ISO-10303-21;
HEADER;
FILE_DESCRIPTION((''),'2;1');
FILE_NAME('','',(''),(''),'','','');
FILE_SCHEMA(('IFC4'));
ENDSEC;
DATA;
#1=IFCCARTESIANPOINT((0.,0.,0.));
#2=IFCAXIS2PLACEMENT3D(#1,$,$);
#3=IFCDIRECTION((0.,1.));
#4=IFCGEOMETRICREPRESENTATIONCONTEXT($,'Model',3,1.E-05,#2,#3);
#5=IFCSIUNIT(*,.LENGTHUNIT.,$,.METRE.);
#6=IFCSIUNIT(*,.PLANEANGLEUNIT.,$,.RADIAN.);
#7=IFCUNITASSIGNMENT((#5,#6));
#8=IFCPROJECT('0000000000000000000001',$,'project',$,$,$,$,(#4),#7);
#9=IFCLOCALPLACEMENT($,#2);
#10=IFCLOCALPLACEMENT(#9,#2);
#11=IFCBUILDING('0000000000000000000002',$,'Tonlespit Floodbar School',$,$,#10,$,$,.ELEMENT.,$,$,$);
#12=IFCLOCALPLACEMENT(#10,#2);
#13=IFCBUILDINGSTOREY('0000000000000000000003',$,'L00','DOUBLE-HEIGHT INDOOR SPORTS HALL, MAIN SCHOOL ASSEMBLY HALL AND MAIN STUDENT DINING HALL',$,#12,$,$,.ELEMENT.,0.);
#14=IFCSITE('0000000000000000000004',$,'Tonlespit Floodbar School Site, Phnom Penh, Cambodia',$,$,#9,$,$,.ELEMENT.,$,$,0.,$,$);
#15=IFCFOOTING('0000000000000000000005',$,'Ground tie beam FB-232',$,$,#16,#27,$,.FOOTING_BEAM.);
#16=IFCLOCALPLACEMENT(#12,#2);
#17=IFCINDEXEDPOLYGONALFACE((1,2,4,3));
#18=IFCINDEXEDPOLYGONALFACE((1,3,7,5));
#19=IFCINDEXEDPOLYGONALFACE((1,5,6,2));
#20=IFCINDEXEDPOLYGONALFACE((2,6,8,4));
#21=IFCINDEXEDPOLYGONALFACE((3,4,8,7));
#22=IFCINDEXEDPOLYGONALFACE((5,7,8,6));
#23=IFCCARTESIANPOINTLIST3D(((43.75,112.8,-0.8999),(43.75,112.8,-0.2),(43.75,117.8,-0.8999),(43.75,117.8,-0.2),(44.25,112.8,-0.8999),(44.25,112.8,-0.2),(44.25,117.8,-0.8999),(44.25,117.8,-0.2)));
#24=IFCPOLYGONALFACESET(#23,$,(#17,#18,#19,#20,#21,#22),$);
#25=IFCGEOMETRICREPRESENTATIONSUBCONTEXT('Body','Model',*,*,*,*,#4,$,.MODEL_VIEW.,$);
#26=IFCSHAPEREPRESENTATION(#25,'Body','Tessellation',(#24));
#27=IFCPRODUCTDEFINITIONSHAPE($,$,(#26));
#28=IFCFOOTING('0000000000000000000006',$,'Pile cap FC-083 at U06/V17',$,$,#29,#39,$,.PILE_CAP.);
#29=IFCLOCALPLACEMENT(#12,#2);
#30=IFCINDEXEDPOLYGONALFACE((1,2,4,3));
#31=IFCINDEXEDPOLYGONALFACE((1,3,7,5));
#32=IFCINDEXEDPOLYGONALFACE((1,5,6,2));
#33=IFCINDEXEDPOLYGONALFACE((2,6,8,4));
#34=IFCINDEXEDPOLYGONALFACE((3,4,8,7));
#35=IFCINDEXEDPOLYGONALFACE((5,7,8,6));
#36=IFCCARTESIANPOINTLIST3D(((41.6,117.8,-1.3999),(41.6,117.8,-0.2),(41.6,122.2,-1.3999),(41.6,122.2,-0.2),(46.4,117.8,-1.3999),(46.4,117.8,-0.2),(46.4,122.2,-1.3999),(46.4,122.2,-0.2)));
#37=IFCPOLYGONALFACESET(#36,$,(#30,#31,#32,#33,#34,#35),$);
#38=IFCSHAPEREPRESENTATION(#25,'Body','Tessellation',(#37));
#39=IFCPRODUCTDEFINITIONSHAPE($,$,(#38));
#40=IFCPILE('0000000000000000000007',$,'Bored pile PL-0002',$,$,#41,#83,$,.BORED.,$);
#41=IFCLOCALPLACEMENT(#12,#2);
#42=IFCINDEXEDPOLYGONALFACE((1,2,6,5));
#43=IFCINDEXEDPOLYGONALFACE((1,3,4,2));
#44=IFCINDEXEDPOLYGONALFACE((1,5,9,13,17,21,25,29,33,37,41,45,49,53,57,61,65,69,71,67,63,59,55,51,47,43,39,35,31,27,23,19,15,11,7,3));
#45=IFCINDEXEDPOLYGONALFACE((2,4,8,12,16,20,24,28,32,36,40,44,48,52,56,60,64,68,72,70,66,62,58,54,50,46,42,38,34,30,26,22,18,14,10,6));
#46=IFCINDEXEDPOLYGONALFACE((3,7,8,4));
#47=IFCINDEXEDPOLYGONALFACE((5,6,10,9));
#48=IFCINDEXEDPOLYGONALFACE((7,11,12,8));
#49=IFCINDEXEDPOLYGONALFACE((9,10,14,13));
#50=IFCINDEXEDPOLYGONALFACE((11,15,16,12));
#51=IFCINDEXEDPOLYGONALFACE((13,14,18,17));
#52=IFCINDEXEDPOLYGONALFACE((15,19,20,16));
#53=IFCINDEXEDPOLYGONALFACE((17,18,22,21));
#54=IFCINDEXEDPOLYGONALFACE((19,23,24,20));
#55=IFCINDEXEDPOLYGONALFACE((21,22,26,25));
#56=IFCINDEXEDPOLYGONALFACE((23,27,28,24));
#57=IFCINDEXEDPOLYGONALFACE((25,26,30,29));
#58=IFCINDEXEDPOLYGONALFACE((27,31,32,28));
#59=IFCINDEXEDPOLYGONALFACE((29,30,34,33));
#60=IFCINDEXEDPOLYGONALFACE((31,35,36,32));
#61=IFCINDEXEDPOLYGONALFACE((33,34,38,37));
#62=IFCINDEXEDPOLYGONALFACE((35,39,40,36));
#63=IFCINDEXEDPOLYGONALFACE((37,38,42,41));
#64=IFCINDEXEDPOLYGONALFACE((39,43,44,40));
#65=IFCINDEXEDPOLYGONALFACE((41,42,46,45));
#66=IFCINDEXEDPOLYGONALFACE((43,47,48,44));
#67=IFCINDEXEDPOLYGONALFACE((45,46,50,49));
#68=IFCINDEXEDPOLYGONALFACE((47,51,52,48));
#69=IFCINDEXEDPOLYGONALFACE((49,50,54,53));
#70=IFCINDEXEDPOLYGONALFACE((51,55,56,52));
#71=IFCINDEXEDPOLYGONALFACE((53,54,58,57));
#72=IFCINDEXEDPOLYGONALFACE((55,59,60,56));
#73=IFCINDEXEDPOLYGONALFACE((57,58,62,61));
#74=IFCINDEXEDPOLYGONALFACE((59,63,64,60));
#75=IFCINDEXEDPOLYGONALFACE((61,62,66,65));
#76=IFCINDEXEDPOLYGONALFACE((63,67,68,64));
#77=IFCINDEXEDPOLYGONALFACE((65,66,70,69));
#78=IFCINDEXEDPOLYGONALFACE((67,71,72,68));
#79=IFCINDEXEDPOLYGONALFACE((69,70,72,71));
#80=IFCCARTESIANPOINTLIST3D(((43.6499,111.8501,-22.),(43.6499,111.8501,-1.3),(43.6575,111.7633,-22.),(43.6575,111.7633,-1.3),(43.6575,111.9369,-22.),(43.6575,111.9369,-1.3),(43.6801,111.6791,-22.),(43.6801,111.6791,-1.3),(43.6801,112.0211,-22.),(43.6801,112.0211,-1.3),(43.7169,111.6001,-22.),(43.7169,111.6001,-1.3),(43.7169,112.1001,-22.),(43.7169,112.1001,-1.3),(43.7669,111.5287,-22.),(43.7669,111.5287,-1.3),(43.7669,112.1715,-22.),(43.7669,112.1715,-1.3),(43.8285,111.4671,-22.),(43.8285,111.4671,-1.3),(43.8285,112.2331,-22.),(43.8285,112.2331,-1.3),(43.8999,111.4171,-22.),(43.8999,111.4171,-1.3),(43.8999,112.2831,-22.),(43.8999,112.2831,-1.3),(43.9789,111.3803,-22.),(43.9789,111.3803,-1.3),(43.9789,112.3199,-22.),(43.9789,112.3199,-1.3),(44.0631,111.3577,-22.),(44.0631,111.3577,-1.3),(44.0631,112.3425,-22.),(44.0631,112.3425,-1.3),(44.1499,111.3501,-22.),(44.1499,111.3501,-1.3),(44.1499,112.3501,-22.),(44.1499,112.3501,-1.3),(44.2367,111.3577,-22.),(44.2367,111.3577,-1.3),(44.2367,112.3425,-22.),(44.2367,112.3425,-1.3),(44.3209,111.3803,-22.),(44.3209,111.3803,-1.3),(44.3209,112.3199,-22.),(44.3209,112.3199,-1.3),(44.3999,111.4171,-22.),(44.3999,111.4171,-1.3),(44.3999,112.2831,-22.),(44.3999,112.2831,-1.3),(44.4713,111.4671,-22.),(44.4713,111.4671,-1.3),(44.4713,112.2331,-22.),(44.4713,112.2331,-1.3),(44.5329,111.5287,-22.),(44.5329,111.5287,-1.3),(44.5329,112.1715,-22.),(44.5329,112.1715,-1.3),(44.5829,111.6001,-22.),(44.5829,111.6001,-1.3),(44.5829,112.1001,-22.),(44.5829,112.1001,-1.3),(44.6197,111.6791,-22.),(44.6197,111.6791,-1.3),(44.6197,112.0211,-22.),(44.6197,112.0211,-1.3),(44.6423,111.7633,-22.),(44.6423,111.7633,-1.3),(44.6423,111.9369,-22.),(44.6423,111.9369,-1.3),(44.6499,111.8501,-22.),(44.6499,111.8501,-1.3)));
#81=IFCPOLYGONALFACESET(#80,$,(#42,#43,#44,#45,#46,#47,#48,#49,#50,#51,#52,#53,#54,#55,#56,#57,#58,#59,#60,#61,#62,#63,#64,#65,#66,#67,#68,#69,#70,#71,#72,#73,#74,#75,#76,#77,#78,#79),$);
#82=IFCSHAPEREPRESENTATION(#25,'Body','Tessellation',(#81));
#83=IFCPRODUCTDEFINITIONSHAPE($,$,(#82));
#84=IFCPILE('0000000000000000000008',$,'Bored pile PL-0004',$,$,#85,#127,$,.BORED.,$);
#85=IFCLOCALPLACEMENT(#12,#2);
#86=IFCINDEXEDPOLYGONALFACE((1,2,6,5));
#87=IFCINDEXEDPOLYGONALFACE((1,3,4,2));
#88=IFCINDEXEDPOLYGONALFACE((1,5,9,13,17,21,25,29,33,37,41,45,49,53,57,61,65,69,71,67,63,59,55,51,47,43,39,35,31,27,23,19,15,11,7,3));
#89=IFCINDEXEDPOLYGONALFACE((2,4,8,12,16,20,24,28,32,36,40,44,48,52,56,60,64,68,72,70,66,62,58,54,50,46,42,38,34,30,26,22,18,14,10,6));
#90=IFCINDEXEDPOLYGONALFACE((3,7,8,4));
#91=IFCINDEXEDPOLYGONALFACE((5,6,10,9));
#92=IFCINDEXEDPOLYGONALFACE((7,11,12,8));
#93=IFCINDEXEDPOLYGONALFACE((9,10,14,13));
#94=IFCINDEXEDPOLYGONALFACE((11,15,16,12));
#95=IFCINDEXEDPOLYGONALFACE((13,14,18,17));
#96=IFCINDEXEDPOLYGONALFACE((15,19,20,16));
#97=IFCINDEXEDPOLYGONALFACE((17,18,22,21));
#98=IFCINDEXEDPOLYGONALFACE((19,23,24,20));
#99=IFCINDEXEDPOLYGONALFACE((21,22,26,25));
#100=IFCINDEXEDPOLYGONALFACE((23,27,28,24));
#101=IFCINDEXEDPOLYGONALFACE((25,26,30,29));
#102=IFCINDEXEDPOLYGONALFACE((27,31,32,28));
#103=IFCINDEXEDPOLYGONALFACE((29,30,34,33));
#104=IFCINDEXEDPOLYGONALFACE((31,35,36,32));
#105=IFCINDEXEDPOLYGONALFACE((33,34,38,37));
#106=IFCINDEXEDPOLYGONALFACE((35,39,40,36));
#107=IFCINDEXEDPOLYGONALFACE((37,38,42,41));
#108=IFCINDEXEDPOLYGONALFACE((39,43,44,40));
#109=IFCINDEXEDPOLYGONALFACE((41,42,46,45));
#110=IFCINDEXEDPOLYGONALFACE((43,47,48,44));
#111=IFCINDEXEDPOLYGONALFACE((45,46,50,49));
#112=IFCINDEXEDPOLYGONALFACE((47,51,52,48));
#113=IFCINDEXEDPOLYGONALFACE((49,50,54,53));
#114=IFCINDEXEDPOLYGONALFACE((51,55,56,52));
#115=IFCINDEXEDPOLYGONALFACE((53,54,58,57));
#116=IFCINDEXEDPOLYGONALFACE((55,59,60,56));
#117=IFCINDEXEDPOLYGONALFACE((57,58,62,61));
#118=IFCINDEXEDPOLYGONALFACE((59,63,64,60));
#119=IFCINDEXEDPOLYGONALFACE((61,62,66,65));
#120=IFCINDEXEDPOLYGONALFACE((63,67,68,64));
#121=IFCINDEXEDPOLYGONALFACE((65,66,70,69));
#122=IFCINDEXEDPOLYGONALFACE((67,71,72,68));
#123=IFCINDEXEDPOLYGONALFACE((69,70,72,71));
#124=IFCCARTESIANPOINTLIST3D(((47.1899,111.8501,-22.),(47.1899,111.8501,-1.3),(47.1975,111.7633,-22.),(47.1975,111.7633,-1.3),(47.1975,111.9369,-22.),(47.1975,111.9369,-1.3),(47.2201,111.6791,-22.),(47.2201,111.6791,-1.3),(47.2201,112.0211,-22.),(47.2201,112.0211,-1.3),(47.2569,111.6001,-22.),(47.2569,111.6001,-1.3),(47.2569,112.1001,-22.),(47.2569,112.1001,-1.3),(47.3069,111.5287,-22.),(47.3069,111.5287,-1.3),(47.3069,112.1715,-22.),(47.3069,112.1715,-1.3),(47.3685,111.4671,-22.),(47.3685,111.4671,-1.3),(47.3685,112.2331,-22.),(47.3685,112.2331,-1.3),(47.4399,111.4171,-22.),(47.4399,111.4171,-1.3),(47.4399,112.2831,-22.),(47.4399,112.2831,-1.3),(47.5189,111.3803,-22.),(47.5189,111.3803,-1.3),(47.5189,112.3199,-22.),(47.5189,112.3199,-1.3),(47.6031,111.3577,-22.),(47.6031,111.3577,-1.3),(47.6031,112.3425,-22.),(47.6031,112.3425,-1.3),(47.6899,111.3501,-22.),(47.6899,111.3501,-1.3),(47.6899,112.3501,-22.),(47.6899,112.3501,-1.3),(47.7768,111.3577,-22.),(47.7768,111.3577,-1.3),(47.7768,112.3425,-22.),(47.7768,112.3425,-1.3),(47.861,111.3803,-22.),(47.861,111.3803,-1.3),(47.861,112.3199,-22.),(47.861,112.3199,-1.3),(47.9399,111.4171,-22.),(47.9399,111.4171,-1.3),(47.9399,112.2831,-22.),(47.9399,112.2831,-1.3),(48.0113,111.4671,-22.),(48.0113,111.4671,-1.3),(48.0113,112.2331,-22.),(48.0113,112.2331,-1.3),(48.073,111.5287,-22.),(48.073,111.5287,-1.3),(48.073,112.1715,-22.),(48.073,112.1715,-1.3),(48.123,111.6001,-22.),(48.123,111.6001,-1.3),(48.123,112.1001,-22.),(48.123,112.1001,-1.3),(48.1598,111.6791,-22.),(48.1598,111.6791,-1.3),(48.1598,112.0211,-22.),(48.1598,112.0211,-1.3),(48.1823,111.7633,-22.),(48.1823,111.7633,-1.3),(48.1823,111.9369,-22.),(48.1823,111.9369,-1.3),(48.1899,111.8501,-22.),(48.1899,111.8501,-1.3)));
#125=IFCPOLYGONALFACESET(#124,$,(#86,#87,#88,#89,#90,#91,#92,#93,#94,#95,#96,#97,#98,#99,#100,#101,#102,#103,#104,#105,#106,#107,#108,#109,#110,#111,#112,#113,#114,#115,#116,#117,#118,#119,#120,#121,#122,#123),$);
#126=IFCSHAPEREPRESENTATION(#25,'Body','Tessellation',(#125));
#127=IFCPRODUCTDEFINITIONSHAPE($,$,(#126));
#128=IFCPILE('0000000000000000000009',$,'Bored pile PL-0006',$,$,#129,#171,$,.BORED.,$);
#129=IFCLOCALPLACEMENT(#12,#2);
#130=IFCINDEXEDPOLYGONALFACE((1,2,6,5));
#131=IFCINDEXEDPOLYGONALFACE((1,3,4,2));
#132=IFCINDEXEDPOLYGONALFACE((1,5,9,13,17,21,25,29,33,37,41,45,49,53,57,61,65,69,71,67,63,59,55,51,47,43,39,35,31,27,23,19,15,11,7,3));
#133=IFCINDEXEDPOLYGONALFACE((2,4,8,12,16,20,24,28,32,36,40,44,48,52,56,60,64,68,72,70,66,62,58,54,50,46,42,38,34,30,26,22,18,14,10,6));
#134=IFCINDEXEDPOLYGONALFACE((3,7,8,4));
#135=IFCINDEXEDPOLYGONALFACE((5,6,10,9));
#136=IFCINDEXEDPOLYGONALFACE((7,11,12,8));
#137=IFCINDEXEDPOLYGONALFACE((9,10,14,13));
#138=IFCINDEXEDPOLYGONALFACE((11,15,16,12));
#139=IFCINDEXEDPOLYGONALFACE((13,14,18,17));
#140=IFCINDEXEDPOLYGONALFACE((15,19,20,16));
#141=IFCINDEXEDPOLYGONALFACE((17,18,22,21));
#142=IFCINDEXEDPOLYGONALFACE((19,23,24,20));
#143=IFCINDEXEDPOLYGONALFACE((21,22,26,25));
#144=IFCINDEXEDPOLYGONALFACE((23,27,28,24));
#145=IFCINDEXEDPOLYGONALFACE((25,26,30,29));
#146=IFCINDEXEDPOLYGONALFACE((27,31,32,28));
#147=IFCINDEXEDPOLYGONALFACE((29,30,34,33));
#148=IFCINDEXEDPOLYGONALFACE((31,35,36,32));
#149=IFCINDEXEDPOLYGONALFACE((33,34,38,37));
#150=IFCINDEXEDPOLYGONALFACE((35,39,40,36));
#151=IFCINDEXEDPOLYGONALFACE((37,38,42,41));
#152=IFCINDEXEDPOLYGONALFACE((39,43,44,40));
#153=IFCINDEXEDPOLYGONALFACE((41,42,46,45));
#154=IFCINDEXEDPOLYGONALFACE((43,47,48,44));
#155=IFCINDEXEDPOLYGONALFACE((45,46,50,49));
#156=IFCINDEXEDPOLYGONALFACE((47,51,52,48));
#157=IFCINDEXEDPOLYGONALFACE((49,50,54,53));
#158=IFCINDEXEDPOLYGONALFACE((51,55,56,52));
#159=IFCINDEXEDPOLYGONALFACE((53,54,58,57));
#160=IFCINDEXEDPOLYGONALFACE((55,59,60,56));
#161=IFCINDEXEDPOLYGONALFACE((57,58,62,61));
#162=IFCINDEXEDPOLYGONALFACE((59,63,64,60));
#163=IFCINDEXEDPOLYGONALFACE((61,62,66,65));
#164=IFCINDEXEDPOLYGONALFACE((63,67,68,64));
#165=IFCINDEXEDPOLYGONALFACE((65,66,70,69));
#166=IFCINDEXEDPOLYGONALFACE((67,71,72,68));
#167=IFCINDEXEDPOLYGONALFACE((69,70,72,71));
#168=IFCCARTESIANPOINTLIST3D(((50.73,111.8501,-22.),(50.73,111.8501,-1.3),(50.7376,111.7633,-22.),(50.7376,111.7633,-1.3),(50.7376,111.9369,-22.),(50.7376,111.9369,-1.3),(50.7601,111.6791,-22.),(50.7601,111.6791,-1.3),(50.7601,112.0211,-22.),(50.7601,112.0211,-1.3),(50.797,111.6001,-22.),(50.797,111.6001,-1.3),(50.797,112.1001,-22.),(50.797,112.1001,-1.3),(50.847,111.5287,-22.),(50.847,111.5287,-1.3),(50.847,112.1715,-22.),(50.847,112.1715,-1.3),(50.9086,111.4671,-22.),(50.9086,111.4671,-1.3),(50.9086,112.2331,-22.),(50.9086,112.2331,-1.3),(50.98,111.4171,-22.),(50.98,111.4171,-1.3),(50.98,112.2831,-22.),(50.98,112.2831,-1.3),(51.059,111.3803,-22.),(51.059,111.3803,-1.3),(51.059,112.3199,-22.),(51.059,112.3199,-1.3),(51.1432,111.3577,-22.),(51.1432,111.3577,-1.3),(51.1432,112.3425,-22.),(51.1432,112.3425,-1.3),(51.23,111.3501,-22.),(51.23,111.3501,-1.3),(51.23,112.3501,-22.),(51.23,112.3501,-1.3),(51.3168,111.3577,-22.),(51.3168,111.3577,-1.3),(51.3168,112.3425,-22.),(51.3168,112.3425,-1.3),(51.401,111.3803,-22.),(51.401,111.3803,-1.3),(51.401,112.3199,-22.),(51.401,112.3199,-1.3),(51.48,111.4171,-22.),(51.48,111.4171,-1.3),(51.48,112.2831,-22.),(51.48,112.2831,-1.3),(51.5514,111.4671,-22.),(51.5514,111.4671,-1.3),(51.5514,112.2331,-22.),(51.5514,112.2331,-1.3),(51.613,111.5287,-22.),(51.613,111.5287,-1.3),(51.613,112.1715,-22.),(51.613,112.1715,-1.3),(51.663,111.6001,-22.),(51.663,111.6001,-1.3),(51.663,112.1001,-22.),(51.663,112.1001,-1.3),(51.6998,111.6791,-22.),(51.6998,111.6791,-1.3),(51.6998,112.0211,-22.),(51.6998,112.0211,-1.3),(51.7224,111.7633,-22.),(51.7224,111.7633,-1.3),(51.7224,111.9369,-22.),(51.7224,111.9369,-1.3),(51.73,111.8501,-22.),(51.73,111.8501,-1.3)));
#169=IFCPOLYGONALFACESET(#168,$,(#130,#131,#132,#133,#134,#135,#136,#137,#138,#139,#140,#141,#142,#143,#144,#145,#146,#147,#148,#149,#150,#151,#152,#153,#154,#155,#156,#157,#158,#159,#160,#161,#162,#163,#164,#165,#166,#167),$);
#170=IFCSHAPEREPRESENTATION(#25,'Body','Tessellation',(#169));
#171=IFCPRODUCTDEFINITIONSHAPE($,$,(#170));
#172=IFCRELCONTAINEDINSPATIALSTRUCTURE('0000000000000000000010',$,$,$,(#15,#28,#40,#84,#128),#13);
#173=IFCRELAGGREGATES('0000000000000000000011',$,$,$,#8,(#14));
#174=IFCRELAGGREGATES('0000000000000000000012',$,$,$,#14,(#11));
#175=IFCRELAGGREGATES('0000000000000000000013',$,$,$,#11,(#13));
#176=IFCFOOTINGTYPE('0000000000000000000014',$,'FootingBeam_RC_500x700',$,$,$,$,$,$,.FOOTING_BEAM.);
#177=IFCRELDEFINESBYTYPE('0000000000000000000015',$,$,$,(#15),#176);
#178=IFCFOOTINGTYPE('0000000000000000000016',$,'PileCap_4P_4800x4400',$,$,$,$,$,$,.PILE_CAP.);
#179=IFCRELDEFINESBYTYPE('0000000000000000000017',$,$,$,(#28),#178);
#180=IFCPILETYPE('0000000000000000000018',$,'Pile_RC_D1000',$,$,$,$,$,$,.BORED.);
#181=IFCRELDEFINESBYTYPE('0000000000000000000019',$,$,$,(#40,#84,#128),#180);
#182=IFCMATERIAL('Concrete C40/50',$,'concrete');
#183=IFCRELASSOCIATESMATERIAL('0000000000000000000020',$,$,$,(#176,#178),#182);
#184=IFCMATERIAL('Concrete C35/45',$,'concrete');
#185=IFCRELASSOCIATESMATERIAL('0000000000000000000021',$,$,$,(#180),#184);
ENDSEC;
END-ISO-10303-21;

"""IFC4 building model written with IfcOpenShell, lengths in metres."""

from ifc_helpers import new_model, si_unit, direction, frame, origin, origin_2d, place, context, subcontext, project, spatial, rectangle, circle, extrude, material, material_profile, profile_set, type_object, element, save


model = new_model("IFC4")

# Units and contexts
model_context = context("Model", 3, precision=1e-05, world=origin(), true_north=direction((0.0, 1.0)))
body_context = subcontext(model_context, "Body", "Model", "MODEL_VIEW")
ifc_project = project(units=[si_unit("LENGTHUNIT", "METRE"), si_unit("PLANEANGLEUNIT", "RADIAN")], contexts=[model_context])

# Site, building, storey
site_placement = place(None, origin())
site = spatial("IfcSite", under=ifc_project, at=site_placement, Name="Tonlespit Floodbar School Site, Phnom Penh, Cambodia", CompositionType="ELEMENT", RefElevation=0.0)
building_placement = place(site_placement, origin())
building = spatial("IfcBuilding", under=site, at=building_placement, Name="Tonlespit Floodbar School", CompositionType="ELEMENT")
storey_placement = place(building_placement, origin())
storey = spatial("IfcBuildingStorey", under=building, at=storey_placement, Name="L00", Description="DOUBLE-HEIGHT INDOOR SPORTS HALL, MAIN SCHOOL ASSEMBLY HALL AND MAIN STUDENT DINING HALL", CompositionType="ELEMENT", Elevation=0.0)

# Footings
ifc_material_1 = material(Name="Concrete C40/50", Category="concrete")
footing_type_1 = type_object("IfcFootingType", Name="FootingBeam_RC_500x700", PredefinedType="FOOTING_BEAM", material=ifc_material_1)
footing_1_placement = place(storey_placement, frame((44.0, 115.3, -0.8999), z_axis=(0.0, 0.0, 1.0), x_axis=(0.0, 1.0, 0.0)))
element("IfcFooting", 1, at=footing_1_placement, inside=storey, type_object=footing_type_1, Name="Ground tie beam FB-232", PredefinedType="FOOTING_BEAM", context=body_context, shape_type="SweptSolid", body=[
    extrude(rectangle(XDim=5.0, YDim=0.5, at=origin_2d()), origin(), (0.0, 0.0, 1.0), 0.7),
])
footing_type_2 = type_object("IfcFootingType", Name="PileCap_4P_4800x4400", PredefinedType="PILE_CAP", material=ifc_material_1)
footing_2_placement = place(storey_placement, frame((44.0, 120.0, -1.3999), z_axis=(0.0, 0.0, 1.0), x_axis=(1.0, 0.0, 0.0)))
element("IfcFooting", 2, at=footing_2_placement, inside=storey, type_object=footing_type_2, Name="Pile cap FC-083 at U06/V17", PredefinedType="PILE_CAP", context=body_context, shape_type="SweptSolid", body=[
    extrude(rectangle(XDim=4.8, YDim=4.3999, at=origin_2d()), origin(), (0.0, 0.0, 1.0), 1.2),
])

# Piles
ifc_material_2 = material(Name="Concrete C35/45", Category="concrete")
ifc_material_profile_1 = material_profile(ifc_material_2, circle(Radius=0.5, at=origin_2d()), Name="BP D1000")
ifc_profile_set_1 = profile_set([ifc_material_profile_1], Name="Concrete C35/45")
pile_type = type_object("IfcPileType", Name="Pile_RC_D1000", PredefinedType="BORED", material=ifc_profile_set_1)
for number, where, z_axis, x_axis, name in (
    (3, (44.1499, 111.8501, -1.3), (0.0, 0.0, -1.0), (1.0, 0.0, 0.0), "Bored pile PL-0002"),
    (4, (47.6899, 111.8501, -1.3), (0.0, 0.0, -1.0), (1.0, 0.0, 0.0), "Bored pile PL-0004"),
    (5, (51.23, 111.8501, -1.3), (0.0, 0.0, -1.0), (1.0, 0.0, 0.0), "Bored pile PL-0006"),
):
    element("IfcPile", number, at=place(storey_placement, frame(where, z_axis=z_axis, x_axis=x_axis)), inside=storey, type_object=pile_type, Name=name, PredefinedType="BORED", context=body_context, shape_type="SweptSolid", body=[
        extrude(circle(Radius=0.5, at=origin_2d()), origin(), (0.0, 0.0, 1.0), 20.7),
    ])

save(model, "model.ifc")
